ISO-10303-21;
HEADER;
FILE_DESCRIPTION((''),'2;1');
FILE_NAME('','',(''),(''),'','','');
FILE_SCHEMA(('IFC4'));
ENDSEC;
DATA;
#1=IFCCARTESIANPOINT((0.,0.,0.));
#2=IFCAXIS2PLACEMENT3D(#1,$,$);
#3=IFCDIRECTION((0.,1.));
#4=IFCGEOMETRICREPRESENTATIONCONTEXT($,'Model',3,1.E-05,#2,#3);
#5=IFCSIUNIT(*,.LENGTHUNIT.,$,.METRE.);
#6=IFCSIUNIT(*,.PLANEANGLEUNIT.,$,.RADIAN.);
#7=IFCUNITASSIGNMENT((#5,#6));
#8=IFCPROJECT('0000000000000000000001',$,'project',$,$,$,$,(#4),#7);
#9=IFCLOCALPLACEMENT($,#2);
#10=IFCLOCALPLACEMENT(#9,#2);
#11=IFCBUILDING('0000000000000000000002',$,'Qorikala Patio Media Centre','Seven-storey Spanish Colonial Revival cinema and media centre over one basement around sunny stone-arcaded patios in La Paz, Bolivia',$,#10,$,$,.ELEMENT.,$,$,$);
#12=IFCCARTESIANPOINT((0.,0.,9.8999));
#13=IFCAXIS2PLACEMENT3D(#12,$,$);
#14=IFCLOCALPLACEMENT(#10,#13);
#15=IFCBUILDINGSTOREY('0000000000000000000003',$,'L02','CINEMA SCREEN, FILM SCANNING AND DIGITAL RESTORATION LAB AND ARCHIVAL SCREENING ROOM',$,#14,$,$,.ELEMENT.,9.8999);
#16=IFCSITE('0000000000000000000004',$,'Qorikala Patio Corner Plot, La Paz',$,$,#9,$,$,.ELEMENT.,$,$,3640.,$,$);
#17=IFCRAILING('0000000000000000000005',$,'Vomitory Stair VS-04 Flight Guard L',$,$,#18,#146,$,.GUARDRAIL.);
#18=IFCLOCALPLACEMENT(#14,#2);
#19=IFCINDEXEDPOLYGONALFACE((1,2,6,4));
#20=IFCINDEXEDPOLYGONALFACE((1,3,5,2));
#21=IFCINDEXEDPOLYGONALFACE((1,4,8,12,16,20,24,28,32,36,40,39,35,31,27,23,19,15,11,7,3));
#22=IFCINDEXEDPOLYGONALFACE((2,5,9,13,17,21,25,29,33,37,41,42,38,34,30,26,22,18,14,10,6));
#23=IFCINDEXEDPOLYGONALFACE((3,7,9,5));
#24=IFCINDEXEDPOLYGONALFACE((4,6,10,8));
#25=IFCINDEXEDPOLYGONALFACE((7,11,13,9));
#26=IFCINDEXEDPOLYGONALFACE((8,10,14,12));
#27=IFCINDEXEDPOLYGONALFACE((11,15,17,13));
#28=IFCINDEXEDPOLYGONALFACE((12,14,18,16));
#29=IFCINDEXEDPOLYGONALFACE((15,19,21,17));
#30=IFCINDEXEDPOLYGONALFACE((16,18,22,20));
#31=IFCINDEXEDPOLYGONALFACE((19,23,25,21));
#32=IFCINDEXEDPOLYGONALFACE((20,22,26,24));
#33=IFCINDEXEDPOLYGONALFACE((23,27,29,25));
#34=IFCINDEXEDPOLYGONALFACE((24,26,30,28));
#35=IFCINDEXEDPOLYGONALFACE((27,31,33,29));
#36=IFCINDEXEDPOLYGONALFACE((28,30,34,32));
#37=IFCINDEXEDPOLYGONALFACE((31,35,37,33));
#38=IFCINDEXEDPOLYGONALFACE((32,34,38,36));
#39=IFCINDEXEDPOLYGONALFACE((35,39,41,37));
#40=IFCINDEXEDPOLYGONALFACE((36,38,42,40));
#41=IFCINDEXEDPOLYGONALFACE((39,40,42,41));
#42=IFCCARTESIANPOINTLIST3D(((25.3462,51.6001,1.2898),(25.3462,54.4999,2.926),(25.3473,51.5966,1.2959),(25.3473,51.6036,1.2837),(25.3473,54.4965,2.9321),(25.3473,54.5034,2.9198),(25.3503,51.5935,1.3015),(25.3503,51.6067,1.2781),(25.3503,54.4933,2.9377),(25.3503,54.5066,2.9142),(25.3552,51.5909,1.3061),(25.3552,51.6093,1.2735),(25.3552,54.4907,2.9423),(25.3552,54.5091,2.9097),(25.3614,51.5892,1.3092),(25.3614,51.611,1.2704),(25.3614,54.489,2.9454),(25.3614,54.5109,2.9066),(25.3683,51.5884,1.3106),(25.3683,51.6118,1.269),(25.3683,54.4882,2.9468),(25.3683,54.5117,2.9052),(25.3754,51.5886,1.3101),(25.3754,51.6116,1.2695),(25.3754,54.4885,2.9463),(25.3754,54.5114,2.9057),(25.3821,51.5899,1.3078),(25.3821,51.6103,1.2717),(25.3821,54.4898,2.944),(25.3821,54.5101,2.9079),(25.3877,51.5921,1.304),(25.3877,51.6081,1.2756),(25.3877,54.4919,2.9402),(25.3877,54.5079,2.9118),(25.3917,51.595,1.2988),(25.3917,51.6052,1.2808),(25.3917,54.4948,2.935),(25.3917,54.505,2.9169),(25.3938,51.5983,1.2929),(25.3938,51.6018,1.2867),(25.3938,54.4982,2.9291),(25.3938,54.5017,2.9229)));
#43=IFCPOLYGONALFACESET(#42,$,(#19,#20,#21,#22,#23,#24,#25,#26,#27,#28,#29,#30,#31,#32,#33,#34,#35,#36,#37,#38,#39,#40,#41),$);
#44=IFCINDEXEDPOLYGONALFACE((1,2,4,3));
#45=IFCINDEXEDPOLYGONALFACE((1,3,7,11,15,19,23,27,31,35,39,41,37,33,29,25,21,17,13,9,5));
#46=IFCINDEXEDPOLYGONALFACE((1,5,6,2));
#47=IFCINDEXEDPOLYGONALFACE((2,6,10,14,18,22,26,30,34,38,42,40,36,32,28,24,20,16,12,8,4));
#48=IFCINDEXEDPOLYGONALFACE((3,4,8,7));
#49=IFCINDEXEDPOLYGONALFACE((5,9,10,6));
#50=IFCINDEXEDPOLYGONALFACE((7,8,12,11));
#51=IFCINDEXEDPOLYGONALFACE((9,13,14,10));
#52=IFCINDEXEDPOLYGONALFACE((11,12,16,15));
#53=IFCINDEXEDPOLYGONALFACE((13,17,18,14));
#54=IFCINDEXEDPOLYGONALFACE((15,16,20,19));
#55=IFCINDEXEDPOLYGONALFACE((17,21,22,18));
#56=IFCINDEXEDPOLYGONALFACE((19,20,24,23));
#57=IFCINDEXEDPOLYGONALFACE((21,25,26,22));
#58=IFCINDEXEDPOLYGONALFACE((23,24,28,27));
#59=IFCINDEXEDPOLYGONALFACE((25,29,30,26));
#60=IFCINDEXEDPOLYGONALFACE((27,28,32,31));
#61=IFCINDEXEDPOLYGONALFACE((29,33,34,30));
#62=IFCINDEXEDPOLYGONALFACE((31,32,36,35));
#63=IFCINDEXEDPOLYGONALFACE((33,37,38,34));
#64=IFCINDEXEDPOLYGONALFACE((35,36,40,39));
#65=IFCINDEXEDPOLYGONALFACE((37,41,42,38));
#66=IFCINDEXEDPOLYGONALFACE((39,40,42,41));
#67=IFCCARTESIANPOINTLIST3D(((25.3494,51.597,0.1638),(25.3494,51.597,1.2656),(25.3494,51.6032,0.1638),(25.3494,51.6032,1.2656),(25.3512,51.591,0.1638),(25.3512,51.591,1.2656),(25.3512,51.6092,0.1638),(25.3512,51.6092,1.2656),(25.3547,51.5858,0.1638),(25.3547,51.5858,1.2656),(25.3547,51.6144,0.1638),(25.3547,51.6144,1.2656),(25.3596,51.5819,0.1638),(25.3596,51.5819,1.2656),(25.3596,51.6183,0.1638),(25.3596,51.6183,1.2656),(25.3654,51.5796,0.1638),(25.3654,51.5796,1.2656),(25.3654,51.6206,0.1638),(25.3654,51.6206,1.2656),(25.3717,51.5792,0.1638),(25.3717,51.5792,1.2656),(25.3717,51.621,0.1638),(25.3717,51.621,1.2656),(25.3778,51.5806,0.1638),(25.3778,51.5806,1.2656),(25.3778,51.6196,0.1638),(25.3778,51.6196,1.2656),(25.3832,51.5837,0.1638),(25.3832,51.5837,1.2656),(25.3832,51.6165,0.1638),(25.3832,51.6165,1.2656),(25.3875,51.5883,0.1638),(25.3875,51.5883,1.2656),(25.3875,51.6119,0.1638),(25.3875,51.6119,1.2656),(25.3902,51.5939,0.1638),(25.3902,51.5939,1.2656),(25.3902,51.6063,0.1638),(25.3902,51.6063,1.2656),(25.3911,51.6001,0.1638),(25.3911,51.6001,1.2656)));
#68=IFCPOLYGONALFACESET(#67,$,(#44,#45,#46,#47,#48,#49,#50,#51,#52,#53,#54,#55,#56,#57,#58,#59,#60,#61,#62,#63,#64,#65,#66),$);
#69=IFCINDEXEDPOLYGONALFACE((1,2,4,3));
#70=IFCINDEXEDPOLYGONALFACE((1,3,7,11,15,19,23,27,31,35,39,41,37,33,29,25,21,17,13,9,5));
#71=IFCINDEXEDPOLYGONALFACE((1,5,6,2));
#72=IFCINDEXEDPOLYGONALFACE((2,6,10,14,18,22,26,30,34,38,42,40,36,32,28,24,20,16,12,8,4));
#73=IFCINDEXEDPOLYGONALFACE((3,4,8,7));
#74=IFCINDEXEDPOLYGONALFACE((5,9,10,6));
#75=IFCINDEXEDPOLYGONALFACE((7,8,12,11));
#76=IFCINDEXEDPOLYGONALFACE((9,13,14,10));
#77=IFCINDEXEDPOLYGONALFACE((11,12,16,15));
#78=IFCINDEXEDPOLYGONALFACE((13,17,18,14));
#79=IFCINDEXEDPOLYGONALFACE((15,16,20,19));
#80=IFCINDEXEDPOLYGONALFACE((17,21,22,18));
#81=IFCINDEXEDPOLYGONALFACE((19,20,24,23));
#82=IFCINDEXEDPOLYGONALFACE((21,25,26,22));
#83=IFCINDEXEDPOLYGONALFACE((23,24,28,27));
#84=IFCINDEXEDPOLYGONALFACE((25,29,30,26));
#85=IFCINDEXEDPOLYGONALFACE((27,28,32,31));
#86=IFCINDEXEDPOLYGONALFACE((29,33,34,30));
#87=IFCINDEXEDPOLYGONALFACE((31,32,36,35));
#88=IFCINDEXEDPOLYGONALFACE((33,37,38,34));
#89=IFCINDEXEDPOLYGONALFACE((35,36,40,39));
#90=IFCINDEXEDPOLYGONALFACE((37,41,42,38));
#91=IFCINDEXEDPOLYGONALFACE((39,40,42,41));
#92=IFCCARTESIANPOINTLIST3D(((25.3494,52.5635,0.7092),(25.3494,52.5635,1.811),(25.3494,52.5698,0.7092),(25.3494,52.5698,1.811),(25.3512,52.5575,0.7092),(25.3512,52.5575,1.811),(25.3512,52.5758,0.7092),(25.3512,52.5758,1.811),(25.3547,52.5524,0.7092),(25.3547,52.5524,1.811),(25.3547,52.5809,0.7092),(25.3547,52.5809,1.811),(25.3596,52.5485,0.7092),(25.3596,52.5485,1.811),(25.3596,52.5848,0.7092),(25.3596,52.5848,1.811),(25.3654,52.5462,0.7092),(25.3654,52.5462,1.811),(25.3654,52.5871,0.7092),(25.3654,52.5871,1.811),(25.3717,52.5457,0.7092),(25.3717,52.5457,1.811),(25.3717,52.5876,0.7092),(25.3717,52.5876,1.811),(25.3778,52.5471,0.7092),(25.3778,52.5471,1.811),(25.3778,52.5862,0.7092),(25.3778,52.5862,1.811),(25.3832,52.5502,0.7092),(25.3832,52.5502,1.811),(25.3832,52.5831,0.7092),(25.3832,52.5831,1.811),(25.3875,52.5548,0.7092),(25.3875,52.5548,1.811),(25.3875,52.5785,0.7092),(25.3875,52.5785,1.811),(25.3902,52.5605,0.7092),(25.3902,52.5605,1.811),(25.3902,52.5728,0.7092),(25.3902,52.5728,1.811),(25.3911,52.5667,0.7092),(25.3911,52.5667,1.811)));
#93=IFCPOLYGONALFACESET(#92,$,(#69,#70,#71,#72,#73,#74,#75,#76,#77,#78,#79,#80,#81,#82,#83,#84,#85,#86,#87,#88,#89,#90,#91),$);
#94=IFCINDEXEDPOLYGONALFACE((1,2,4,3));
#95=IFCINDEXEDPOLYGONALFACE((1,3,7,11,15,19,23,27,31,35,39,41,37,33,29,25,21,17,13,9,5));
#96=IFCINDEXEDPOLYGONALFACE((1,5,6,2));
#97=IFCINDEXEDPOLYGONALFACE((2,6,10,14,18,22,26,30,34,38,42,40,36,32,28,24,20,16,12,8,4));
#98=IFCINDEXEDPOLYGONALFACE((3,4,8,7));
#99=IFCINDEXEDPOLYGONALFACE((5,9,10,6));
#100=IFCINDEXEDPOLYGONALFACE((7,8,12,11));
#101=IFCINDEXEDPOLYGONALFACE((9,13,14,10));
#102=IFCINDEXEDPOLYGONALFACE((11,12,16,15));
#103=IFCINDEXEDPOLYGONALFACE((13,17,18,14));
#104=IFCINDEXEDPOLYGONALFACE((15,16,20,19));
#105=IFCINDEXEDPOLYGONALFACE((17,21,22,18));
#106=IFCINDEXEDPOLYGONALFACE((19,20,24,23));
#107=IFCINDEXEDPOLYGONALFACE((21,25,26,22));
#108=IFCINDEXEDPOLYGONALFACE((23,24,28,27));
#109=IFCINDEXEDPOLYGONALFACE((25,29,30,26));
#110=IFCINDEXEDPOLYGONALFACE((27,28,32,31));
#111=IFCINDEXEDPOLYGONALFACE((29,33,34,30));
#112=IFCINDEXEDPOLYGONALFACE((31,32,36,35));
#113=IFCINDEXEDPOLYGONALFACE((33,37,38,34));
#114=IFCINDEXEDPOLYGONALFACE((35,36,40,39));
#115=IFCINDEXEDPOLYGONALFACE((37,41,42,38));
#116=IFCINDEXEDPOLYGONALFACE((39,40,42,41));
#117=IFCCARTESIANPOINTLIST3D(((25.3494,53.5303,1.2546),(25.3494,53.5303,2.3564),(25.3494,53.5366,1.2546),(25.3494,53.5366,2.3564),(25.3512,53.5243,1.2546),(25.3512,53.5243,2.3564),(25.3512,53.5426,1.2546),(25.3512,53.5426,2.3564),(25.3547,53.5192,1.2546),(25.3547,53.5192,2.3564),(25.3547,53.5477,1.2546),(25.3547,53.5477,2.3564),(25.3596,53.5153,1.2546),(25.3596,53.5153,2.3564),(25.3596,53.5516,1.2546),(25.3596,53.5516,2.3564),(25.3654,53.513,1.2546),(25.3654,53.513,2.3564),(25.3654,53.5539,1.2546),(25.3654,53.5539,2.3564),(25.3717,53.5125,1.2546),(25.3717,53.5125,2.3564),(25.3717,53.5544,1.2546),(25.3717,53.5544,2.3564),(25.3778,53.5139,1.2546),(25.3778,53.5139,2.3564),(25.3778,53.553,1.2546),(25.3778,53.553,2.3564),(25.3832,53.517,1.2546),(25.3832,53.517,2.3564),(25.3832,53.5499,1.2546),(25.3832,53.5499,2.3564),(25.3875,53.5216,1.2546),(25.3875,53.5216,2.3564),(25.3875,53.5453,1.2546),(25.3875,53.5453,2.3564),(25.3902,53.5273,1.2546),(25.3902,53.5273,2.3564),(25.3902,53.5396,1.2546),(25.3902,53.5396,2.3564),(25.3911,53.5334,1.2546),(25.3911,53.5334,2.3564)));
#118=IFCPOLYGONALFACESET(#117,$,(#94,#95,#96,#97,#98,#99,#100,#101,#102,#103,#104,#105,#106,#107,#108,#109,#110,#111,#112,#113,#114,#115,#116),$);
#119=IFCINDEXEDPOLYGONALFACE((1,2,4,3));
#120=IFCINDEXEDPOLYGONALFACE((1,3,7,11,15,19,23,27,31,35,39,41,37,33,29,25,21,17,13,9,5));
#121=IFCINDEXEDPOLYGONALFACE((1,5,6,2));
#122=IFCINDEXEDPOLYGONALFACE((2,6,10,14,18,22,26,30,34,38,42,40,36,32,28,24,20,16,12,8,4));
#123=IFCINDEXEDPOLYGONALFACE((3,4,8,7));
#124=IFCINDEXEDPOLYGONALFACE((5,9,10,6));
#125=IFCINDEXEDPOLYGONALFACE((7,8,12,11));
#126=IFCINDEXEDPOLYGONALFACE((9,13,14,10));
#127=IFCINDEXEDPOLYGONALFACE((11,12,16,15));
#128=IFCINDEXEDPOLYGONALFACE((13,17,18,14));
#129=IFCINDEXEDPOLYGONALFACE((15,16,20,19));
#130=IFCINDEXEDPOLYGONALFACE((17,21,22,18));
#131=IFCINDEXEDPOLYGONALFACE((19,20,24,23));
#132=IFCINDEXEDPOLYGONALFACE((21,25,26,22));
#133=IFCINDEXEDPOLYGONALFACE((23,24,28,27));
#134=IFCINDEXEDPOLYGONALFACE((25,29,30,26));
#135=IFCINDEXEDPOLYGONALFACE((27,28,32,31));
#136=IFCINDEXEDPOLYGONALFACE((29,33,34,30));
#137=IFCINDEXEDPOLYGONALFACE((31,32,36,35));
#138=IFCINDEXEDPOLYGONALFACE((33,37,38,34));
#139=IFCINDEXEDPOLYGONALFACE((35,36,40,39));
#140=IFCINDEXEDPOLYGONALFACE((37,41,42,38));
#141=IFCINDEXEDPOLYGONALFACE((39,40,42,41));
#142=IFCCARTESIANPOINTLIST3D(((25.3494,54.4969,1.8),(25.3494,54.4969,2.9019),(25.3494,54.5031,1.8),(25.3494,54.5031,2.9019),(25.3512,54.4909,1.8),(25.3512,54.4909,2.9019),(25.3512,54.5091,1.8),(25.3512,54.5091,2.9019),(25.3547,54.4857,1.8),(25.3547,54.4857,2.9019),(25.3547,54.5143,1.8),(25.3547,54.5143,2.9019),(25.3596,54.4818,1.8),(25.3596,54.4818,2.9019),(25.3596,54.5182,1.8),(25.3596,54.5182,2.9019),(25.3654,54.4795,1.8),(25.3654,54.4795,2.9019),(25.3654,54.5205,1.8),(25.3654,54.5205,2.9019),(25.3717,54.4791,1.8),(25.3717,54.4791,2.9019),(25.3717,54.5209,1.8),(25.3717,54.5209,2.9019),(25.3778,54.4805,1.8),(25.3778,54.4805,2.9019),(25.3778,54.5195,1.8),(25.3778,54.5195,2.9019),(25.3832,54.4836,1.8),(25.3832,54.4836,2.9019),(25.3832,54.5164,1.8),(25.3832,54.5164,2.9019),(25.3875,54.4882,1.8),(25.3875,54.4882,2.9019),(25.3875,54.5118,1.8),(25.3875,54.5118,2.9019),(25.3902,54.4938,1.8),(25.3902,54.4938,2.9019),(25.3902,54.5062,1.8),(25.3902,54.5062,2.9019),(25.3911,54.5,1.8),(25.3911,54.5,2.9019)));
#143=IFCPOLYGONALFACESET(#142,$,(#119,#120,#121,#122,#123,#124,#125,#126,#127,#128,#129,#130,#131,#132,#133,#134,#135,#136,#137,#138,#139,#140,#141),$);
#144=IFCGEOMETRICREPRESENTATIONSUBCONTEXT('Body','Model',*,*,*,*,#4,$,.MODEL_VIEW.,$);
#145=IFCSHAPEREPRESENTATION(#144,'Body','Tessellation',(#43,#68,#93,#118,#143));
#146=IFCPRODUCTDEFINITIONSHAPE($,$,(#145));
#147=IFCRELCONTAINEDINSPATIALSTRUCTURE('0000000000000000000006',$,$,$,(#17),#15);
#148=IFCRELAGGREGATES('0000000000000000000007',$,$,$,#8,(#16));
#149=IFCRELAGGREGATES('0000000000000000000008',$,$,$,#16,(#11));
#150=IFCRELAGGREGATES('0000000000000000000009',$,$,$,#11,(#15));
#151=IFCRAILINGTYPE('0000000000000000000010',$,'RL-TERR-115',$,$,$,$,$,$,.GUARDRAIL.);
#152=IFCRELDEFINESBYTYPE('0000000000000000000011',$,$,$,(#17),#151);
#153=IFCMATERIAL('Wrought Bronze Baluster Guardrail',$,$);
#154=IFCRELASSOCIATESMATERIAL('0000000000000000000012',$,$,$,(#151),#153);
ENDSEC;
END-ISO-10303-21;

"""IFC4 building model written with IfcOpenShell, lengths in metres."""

from ifc_helpers import new_model, si_unit, direction, frame, origin, origin_2d, place, context, subcontext, project, spatial, circle, extrude, material, type_object, element, save


model = new_model("IFC4")

# Units and contexts
model_context = context("Model", 3, precision=1e-05, world=origin(), true_north=direction((0.0, 1.0)))
body_context = subcontext(model_context, "Body", "Model", "MODEL_VIEW")
ifc_project = project(units=[si_unit("LENGTHUNIT", "METRE"), si_unit("PLANEANGLEUNIT", "RADIAN")], contexts=[model_context])

# Site, building, storey
site_placement = place(None, origin())
site = spatial("IfcSite", under=ifc_project, at=site_placement, Name="Qorikala Patio Corner Plot, La Paz", CompositionType="ELEMENT", RefElevation=3640.0)
building_placement = place(site_placement, origin())
building = spatial("IfcBuilding", under=site, at=building_placement, Name="Qorikala Patio Media Centre", Description="Seven-storey Spanish Colonial Revival cinema and media centre over one basement around sunny stone-arcaded patios in La Paz, Bolivia", CompositionType="ELEMENT")
storey_placement = place(building_placement, frame((0.0, 0.0, 9.8999)))
storey = spatial("IfcBuildingStorey", under=building, at=storey_placement, Name="L02", Description="CINEMA SCREEN, FILM SCANNING AND DIGITAL RESTORATION LAB AND ARCHIVAL SCREENING ROOM", CompositionType="ELEMENT", Elevation=9.8999)

# Railing
ifc_material_1 = material(Name="Wrought Bronze Baluster Guardrail")
railing_type = type_object("IfcRailingType", Name="RL-TERR-115", PredefinedType="GUARDRAIL", material=ifc_material_1)
for number, where, name in (
    (1, (25.3701, 51.6001, 0.1638), "Vomitory Stair VS-04 Flight Guard L"),
):
    element("IfcRailing", number, at=place(storey_placement, frame(where)), inside=storey, type_object=railing_type, Name=name, PredefinedType="GUARDRAIL", context=body_context, shape_type="SweptSolid", body=[
        extrude(circle(Radius=0.0239, at=origin_2d()), frame((0.0, 0.0, 1.126), z_axis=(0.0, 0.870929, 0.49141), x_axis=(-1.0, 0.0, 0.0)), (0.0, 0.0, 1.0), 3.3296),
        extrude(circle(Radius=0.021, at=origin_2d()), origin(), (0.0, 0.0, 1.0), 1.1018),
        extrude(circle(Radius=0.021, at=origin_2d()), frame((0.0, 0.9666, 0.5454)), (0.0, 0.0, 1.0), 1.1018),
        extrude(circle(Radius=0.021, at=origin_2d()), frame((0.0, 1.9333, 1.0908)), (0.0, 0.0, 1.0), 1.1018),
        extrude(circle(Radius=0.021, at=origin_2d()), frame((0.0, 2.8999, 1.6362)), (0.0, 0.0, 1.0), 1.1018),
    ])

save(model, "model.ifc")
